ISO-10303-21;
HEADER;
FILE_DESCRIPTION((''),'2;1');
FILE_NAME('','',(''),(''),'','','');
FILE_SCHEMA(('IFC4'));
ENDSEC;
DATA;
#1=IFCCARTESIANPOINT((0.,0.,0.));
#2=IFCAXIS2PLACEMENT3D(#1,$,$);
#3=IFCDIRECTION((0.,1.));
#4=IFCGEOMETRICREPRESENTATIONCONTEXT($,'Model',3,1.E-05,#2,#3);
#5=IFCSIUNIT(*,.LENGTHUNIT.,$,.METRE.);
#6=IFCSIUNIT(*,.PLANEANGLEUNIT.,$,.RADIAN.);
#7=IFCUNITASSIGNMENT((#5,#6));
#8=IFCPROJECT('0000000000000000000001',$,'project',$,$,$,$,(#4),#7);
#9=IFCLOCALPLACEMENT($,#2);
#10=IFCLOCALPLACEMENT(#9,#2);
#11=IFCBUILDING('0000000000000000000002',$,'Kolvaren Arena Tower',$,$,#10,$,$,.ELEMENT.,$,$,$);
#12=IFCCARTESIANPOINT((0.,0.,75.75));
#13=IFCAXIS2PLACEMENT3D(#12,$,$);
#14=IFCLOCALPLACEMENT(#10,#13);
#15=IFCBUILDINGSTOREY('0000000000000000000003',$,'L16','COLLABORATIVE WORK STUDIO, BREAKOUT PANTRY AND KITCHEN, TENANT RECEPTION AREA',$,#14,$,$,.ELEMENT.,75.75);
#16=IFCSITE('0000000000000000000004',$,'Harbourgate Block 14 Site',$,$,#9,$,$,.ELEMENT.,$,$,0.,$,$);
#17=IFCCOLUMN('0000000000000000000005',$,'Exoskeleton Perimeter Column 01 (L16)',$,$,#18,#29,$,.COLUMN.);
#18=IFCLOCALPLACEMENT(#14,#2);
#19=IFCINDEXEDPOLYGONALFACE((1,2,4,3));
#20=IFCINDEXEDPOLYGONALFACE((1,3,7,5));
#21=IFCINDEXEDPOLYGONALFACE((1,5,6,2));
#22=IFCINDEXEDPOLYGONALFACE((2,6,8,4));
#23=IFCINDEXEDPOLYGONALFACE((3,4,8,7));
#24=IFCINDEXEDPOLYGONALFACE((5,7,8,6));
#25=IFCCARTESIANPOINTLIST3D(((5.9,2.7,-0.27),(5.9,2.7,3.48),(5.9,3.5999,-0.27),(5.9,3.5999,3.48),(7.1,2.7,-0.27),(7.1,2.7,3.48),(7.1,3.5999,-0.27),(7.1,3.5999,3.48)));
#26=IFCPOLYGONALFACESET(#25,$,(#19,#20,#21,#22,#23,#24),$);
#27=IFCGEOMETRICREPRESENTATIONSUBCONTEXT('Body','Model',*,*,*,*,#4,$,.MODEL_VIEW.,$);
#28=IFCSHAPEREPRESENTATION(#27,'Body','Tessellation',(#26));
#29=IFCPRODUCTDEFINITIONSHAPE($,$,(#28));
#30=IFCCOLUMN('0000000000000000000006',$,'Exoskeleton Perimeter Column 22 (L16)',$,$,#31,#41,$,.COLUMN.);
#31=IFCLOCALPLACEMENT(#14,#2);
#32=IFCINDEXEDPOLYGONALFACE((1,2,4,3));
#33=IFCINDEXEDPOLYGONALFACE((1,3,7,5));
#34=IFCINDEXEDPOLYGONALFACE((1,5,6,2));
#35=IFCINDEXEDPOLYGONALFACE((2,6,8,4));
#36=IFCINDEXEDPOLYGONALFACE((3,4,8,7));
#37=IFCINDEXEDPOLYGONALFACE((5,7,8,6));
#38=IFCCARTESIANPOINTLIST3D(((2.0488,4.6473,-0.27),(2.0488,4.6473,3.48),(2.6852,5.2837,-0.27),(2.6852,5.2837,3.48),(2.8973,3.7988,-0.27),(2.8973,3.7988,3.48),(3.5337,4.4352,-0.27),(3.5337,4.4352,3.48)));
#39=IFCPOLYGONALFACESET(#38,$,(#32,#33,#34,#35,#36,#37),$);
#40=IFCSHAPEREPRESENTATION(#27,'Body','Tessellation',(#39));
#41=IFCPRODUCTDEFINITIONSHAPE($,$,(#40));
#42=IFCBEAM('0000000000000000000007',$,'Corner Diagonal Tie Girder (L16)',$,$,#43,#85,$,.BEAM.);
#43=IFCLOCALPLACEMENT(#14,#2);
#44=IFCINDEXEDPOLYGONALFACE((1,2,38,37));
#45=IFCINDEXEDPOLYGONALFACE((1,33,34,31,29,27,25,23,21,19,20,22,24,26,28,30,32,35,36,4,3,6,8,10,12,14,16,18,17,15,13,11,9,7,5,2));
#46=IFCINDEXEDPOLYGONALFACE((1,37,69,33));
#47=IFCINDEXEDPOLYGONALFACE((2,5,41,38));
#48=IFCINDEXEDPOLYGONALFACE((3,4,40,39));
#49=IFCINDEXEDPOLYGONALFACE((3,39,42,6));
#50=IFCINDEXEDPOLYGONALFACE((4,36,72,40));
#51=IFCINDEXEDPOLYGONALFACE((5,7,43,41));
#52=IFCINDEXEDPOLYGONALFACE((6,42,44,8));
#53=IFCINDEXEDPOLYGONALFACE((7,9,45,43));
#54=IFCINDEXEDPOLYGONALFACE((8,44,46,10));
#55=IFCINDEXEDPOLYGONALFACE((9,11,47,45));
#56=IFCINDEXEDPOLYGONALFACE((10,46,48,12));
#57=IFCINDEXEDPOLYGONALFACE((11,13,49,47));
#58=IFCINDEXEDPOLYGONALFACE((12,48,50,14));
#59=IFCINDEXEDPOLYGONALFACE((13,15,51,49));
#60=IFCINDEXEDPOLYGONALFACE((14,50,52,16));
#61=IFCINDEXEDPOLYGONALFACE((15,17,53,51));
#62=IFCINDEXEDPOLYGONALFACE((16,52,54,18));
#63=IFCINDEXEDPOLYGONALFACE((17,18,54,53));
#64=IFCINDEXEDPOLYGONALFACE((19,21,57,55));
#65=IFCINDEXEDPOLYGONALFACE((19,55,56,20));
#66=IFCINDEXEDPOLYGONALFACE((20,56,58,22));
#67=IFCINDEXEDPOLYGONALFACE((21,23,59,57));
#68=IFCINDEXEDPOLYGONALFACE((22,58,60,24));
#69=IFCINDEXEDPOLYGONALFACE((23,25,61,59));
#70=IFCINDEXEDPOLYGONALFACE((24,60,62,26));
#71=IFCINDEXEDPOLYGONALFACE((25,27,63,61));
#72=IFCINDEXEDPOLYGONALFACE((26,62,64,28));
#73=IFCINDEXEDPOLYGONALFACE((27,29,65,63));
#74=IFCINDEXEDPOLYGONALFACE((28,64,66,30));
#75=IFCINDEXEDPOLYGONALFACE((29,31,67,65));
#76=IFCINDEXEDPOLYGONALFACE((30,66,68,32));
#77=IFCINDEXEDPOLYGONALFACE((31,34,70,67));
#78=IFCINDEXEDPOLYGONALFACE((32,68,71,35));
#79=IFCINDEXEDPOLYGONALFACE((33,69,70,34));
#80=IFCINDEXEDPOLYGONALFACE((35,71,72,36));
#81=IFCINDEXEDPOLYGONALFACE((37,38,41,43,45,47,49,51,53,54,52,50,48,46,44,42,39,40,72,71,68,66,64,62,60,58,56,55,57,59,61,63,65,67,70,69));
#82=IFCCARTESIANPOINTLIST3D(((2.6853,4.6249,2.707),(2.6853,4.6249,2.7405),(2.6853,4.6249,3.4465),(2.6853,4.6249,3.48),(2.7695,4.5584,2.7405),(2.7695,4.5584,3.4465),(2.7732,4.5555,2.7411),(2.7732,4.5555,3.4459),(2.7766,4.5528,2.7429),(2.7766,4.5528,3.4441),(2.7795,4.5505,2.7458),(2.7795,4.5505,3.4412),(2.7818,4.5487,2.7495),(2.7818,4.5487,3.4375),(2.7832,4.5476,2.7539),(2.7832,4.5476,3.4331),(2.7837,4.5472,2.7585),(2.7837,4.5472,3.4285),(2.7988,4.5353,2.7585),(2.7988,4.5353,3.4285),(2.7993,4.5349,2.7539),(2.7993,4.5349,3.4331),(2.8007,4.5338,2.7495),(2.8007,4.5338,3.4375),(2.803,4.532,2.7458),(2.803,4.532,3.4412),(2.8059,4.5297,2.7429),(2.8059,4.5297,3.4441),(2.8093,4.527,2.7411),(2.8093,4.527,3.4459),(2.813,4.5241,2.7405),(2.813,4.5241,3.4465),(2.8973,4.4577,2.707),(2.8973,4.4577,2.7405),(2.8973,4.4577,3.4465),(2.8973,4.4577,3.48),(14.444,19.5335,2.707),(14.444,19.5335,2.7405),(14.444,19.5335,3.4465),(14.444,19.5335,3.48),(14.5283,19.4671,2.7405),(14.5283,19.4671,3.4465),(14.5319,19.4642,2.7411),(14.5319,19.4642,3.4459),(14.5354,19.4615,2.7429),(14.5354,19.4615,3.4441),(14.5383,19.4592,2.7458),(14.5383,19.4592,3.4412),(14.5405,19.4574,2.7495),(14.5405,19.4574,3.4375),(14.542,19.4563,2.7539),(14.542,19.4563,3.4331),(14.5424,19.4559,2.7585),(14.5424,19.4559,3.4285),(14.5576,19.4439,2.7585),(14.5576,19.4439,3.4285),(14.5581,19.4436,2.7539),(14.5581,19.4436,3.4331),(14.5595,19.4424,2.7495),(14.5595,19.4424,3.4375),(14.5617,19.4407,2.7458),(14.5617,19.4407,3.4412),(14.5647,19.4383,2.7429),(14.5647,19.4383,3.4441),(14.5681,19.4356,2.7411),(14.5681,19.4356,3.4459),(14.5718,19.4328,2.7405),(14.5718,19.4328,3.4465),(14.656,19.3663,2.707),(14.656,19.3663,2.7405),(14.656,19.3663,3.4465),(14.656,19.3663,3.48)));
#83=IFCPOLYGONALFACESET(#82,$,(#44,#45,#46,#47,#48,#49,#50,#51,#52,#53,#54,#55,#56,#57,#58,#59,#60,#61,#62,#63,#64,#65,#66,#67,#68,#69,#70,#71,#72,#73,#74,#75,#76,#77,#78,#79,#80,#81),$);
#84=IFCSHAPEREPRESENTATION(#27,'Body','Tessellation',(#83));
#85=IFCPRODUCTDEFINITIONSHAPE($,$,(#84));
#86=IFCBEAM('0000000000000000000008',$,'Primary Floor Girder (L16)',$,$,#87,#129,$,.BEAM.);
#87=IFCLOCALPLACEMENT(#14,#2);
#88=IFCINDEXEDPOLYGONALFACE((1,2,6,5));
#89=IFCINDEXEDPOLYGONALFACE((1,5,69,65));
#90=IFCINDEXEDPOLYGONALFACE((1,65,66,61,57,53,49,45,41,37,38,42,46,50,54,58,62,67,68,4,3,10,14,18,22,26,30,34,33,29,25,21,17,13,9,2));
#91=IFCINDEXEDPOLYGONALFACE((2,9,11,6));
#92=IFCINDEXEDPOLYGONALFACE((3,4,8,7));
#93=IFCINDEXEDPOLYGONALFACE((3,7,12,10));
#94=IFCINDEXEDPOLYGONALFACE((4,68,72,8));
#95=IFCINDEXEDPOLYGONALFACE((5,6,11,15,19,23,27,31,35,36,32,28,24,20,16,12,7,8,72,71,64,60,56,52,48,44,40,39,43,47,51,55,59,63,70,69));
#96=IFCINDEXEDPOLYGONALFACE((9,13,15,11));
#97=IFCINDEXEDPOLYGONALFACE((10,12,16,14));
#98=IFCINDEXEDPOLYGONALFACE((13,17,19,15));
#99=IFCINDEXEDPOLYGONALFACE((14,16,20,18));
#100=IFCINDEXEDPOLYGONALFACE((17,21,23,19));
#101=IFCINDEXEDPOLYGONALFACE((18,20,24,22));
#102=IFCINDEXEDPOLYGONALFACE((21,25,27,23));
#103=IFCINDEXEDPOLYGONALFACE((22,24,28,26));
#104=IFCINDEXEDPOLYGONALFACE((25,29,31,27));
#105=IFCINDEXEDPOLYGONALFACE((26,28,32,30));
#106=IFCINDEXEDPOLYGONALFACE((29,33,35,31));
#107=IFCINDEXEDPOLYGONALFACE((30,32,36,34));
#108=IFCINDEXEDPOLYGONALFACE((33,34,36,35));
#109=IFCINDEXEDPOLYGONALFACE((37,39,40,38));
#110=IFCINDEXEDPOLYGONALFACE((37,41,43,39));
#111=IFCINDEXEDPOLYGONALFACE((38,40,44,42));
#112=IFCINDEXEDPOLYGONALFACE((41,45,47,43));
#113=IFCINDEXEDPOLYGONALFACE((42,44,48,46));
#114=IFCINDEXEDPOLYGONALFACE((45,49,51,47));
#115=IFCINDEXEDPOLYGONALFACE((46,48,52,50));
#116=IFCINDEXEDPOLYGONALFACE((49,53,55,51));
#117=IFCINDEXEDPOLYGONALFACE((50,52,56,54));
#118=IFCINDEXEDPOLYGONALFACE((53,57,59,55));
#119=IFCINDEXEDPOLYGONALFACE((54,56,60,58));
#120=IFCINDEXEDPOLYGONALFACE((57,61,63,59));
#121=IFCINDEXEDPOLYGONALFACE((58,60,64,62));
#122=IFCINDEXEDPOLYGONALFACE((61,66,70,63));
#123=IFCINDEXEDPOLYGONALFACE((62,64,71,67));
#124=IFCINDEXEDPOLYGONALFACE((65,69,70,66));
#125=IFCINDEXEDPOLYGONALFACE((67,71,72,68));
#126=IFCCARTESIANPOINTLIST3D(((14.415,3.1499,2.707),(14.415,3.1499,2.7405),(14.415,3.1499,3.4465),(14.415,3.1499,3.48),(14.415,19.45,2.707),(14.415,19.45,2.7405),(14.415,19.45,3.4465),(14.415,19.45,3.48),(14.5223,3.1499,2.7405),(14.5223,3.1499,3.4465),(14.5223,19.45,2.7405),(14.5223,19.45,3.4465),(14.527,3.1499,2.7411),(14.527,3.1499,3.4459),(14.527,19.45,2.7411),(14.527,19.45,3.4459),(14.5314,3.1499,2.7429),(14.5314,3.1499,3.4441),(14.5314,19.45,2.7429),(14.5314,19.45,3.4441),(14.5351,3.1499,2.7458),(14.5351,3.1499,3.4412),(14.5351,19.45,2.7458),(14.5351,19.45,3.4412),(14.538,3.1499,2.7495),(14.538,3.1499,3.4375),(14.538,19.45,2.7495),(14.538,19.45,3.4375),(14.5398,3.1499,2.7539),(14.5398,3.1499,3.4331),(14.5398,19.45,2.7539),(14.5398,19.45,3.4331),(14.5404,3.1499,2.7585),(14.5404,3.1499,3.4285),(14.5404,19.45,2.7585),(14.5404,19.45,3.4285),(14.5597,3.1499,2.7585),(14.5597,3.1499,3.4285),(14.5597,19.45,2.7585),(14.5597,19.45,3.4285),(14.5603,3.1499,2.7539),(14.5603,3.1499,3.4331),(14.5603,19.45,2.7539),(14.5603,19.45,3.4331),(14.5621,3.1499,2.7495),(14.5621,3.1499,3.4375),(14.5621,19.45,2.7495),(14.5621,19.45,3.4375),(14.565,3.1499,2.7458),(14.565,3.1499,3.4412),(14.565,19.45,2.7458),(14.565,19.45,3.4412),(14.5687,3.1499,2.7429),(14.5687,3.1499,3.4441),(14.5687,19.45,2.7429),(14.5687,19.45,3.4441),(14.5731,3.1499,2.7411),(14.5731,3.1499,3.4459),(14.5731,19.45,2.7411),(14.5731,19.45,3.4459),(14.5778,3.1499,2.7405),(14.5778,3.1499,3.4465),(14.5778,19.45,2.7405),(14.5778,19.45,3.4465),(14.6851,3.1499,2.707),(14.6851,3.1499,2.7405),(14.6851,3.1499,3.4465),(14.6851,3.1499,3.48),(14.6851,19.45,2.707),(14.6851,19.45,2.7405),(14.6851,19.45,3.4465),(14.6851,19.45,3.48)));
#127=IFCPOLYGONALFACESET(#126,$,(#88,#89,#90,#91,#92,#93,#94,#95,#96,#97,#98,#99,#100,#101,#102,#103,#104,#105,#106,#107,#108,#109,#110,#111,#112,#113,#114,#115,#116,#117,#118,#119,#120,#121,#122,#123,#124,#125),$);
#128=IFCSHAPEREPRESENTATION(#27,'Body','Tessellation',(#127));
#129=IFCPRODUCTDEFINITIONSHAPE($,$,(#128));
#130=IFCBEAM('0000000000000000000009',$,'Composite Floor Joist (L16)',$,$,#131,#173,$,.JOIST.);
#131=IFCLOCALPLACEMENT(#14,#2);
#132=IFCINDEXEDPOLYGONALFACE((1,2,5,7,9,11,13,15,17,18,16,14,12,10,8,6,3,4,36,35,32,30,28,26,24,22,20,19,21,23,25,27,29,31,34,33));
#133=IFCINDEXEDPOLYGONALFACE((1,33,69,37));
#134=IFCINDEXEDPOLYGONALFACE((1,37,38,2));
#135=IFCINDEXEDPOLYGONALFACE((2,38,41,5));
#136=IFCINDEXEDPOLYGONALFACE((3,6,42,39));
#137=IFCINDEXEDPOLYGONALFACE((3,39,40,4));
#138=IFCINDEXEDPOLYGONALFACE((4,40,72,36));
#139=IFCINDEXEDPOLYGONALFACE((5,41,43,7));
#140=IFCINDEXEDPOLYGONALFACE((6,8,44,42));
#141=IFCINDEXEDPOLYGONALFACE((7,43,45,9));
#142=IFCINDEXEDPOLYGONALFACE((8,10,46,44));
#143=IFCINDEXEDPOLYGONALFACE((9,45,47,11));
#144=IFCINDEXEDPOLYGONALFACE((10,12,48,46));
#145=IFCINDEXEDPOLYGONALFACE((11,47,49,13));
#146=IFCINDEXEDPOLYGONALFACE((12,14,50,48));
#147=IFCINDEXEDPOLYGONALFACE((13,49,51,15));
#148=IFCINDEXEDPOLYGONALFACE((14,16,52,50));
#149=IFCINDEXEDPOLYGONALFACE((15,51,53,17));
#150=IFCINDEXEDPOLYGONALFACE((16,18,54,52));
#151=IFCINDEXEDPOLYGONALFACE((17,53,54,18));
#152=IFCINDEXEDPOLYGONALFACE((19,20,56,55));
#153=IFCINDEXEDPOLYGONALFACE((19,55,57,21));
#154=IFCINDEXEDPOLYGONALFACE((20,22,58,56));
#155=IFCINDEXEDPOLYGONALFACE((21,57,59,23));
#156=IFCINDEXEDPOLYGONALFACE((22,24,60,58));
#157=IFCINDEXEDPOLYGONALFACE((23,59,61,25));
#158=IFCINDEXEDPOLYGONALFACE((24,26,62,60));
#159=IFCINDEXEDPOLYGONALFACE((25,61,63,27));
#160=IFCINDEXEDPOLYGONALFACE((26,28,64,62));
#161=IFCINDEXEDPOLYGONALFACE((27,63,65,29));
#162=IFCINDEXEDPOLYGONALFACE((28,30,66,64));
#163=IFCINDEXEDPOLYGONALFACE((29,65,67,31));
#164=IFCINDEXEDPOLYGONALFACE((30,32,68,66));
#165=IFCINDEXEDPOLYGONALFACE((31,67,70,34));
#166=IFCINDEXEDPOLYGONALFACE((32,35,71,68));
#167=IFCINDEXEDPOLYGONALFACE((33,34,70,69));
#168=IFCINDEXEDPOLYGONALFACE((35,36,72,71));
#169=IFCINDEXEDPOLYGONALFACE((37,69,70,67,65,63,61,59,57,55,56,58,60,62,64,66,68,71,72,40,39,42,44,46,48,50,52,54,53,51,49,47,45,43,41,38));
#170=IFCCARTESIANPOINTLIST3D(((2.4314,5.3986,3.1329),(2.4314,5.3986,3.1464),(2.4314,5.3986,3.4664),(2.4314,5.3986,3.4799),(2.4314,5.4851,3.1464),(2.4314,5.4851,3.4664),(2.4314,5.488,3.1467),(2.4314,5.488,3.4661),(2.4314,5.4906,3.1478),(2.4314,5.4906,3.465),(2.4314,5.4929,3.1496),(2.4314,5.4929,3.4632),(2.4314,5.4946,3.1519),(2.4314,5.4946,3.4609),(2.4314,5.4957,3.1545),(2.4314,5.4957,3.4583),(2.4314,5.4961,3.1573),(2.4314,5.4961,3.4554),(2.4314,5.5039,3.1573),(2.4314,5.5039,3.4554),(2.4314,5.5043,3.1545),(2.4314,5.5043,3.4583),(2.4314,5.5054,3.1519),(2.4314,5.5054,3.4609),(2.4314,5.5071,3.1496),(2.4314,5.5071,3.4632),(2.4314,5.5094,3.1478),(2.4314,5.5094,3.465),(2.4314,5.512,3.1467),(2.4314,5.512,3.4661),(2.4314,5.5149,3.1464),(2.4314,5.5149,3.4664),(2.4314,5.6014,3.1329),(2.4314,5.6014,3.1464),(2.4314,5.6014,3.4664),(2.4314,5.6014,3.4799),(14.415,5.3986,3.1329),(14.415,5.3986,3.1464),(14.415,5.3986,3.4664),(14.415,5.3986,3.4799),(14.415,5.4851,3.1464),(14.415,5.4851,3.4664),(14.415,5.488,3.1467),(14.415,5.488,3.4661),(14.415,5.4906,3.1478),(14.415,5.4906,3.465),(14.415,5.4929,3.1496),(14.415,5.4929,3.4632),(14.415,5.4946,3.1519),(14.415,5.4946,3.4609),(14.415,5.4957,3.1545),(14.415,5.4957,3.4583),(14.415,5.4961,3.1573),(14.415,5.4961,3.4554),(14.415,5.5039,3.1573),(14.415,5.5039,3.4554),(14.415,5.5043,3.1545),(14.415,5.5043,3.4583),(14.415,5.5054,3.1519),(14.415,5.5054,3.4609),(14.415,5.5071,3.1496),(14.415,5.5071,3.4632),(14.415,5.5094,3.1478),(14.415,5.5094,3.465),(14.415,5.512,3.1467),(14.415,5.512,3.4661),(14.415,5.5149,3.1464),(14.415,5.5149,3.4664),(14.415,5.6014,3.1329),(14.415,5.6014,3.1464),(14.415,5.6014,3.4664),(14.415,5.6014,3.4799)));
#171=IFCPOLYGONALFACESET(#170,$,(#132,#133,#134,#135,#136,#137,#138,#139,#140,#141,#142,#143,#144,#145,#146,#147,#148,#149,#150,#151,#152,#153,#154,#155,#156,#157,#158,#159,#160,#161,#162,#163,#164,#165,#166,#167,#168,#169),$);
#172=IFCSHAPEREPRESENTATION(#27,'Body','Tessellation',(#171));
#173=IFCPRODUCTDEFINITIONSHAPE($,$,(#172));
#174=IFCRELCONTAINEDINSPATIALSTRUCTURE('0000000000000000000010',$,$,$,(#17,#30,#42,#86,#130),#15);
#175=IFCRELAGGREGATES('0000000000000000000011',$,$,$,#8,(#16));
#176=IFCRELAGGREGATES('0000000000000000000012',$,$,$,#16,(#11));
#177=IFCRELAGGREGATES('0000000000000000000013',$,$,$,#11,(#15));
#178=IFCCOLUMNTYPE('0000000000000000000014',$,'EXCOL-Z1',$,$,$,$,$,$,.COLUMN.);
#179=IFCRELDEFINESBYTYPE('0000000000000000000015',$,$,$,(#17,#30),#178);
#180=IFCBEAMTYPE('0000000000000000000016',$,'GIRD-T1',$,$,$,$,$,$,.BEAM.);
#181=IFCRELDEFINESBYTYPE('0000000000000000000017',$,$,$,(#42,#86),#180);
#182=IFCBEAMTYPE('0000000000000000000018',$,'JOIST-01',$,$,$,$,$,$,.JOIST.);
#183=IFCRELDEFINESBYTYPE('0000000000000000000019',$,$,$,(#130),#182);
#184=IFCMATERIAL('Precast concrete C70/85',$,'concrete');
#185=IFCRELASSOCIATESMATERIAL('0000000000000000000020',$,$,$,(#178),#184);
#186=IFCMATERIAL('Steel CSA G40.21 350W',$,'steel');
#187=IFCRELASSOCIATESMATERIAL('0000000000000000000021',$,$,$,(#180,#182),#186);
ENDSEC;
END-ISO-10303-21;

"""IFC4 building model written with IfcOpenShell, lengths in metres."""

from ifc_helpers import new_model, si_unit, direction, frame, origin, origin_2d, place, context, subcontext, project, spatial, rectangle, i_section, extrude, material, material_profile, profile_set, type_object, element, save


model = new_model("IFC4")

# Units and contexts
model_context = context("Model", 3, precision=1e-05, world=origin(), true_north=direction((0.0, 1.0)))
body_context = subcontext(model_context, "Body", "Model", "MODEL_VIEW")
ifc_project = project(units=[si_unit("LENGTHUNIT", "METRE"), si_unit("PLANEANGLEUNIT", "RADIAN")], contexts=[model_context])

# Site, building, storey
site_placement = place(None, origin())
site = spatial("IfcSite", under=ifc_project, at=site_placement, Name="Harbourgate Block 14 Site", CompositionType="ELEMENT", RefElevation=0.0)
building_placement = place(site_placement, origin())
building = spatial("IfcBuilding", under=site, at=building_placement, Name="Kolvaren Arena Tower", CompositionType="ELEMENT")
storey_placement = place(building_placement, frame((0.0, 0.0, 75.75)))
storey = spatial("IfcBuildingStorey", under=building, at=storey_placement, Name="L16", Description="COLLABORATIVE WORK STUDIO, BREAKOUT PANTRY AND KITCHEN, TENANT RECEPTION AREA", CompositionType="ELEMENT", Elevation=75.75)

# Columns
ifc_material_1 = material(Name="Precast concrete C70/85", Category="concrete")
ifc_material_profile_1 = material_profile(ifc_material_1, rectangle(XDim=1.2, YDim=0.8999, at=origin_2d()), Name="RC-1200x900")
ifc_profile_set_1 = profile_set([ifc_material_profile_1], Name="Precast concrete C70/85")
column_type = type_object("IfcColumnType", Name="EXCOL-Z1", PredefinedType="COLUMN", material=ifc_profile_set_1)
for number, where, z_axis, x_axis, name in (
    (1, (6.5, 3.1499, -0.27), (0.0, 0.0, 1.0), (1.0, 0.0, 0.0), "Exoskeleton Perimeter Column 01 (L16)"),
    (2, (2.7913, 4.5413, -0.27), (0.0, 0.0, 1.0), (-0.707107, 0.707107, 0.0), "Exoskeleton Perimeter Column 22 (L16)"),
):
    element("IfcColumn", number, at=place(storey_placement, frame(where, z_axis=z_axis, x_axis=x_axis)), inside=storey, type_object=column_type, Name=name, PredefinedType="COLUMN", context=body_context, shape_type="SweptSolid", body=[
        extrude(rectangle(XDim=1.2, YDim=0.8999, at=origin_2d()), origin(), (0.0, 0.0, 1.0), 3.75),
    ])

# Beams
ifc_material_2 = material(Name="Steel CSA G40.21 350W", Category="steel")
ifc_material_profile_2 = material_profile(ifc_material_2, i_section(OverallWidth=0.27, OverallDepth=0.7729, WebThickness=0.0193, FlangeThickness=0.0334, FilletRadius=0.0181, at=origin_2d()), Name="W760x257")
ifc_profile_set_2 = profile_set([ifc_material_profile_2], Name="Steel CSA G40.21 350W")
beam_type_1 = type_object("IfcBeamType", Name="GIRD-T1", PredefinedType="BEAM", material=ifc_profile_set_2)
beam_1_placement = place(storey_placement, frame((2.7913, 4.5413, 3.0935), z_axis=(0.61928, 0.78517, 0.0), x_axis=(-0.78517, 0.61928, 0.0)))
element("IfcBeam", 3, at=beam_1_placement, inside=storey, type_object=beam_type_1, Name="Corner Diagonal Tie Girder (L16)", PredefinedType="BEAM", context=body_context, shape_type="SweptSolid", body=[
    extrude(i_section(OverallWidth=0.27, OverallDepth=0.7729, WebThickness=0.0193, FlangeThickness=0.0334, FilletRadius=0.0181, at=origin_2d()), origin(), (0.0, 0.0, 1.0), 18.9878),
])
beam_2_placement = place(storey_placement, frame((14.55, 3.1499, 3.0935), z_axis=(0.0, 1.0, 0.0), x_axis=(-1.0, 0.0, 0.0)))
element("IfcBeam", 4, at=beam_2_placement, inside=storey, type_object=beam_type_1, Name="Primary Floor Girder (L16)", PredefinedType="BEAM", context=body_context, shape_type="SweptSolid", body=[
    extrude(i_section(OverallWidth=0.27, OverallDepth=0.7729, WebThickness=0.0193, FlangeThickness=0.0334, FilletRadius=0.0181, at=origin_2d()), origin(), (0.0, 0.0, 1.0), 16.3),
])
ifc_material_profile_3 = material_profile(ifc_material_2, i_section(OverallWidth=0.2029, OverallDepth=0.3469, WebThickness=0.0078, FlangeThickness=0.0134, FilletRadius=0.011, at=origin_2d()), Name="W360x64")
ifc_profile_set_3 = profile_set([ifc_material_profile_3], Name="Steel CSA G40.21 350W")
beam_type_2 = type_object("IfcBeamType", Name="JOIST-01", PredefinedType="JOIST", material=ifc_profile_set_3)
beam_3_placement = place(storey_placement, frame((2.4314, 5.5, 3.3064), z_axis=(1.0, 0.0, 0.0), x_axis=(0.0, 1.0, 0.0)))
element("IfcBeam", 5, at=beam_3_placement, inside=storey, type_object=beam_type_2, Name="Composite Floor Joist (L16)", PredefinedType="JOIST", context=body_context, shape_type="SweptSolid", body=[
    extrude(i_section(OverallWidth=0.2029, OverallDepth=0.3469, WebThickness=0.0078, FlangeThickness=0.0134, FilletRadius=0.011, at=origin_2d()), origin(), (0.0, 0.0, 1.0), 11.9836),
])

save(model, "model.ifc")
